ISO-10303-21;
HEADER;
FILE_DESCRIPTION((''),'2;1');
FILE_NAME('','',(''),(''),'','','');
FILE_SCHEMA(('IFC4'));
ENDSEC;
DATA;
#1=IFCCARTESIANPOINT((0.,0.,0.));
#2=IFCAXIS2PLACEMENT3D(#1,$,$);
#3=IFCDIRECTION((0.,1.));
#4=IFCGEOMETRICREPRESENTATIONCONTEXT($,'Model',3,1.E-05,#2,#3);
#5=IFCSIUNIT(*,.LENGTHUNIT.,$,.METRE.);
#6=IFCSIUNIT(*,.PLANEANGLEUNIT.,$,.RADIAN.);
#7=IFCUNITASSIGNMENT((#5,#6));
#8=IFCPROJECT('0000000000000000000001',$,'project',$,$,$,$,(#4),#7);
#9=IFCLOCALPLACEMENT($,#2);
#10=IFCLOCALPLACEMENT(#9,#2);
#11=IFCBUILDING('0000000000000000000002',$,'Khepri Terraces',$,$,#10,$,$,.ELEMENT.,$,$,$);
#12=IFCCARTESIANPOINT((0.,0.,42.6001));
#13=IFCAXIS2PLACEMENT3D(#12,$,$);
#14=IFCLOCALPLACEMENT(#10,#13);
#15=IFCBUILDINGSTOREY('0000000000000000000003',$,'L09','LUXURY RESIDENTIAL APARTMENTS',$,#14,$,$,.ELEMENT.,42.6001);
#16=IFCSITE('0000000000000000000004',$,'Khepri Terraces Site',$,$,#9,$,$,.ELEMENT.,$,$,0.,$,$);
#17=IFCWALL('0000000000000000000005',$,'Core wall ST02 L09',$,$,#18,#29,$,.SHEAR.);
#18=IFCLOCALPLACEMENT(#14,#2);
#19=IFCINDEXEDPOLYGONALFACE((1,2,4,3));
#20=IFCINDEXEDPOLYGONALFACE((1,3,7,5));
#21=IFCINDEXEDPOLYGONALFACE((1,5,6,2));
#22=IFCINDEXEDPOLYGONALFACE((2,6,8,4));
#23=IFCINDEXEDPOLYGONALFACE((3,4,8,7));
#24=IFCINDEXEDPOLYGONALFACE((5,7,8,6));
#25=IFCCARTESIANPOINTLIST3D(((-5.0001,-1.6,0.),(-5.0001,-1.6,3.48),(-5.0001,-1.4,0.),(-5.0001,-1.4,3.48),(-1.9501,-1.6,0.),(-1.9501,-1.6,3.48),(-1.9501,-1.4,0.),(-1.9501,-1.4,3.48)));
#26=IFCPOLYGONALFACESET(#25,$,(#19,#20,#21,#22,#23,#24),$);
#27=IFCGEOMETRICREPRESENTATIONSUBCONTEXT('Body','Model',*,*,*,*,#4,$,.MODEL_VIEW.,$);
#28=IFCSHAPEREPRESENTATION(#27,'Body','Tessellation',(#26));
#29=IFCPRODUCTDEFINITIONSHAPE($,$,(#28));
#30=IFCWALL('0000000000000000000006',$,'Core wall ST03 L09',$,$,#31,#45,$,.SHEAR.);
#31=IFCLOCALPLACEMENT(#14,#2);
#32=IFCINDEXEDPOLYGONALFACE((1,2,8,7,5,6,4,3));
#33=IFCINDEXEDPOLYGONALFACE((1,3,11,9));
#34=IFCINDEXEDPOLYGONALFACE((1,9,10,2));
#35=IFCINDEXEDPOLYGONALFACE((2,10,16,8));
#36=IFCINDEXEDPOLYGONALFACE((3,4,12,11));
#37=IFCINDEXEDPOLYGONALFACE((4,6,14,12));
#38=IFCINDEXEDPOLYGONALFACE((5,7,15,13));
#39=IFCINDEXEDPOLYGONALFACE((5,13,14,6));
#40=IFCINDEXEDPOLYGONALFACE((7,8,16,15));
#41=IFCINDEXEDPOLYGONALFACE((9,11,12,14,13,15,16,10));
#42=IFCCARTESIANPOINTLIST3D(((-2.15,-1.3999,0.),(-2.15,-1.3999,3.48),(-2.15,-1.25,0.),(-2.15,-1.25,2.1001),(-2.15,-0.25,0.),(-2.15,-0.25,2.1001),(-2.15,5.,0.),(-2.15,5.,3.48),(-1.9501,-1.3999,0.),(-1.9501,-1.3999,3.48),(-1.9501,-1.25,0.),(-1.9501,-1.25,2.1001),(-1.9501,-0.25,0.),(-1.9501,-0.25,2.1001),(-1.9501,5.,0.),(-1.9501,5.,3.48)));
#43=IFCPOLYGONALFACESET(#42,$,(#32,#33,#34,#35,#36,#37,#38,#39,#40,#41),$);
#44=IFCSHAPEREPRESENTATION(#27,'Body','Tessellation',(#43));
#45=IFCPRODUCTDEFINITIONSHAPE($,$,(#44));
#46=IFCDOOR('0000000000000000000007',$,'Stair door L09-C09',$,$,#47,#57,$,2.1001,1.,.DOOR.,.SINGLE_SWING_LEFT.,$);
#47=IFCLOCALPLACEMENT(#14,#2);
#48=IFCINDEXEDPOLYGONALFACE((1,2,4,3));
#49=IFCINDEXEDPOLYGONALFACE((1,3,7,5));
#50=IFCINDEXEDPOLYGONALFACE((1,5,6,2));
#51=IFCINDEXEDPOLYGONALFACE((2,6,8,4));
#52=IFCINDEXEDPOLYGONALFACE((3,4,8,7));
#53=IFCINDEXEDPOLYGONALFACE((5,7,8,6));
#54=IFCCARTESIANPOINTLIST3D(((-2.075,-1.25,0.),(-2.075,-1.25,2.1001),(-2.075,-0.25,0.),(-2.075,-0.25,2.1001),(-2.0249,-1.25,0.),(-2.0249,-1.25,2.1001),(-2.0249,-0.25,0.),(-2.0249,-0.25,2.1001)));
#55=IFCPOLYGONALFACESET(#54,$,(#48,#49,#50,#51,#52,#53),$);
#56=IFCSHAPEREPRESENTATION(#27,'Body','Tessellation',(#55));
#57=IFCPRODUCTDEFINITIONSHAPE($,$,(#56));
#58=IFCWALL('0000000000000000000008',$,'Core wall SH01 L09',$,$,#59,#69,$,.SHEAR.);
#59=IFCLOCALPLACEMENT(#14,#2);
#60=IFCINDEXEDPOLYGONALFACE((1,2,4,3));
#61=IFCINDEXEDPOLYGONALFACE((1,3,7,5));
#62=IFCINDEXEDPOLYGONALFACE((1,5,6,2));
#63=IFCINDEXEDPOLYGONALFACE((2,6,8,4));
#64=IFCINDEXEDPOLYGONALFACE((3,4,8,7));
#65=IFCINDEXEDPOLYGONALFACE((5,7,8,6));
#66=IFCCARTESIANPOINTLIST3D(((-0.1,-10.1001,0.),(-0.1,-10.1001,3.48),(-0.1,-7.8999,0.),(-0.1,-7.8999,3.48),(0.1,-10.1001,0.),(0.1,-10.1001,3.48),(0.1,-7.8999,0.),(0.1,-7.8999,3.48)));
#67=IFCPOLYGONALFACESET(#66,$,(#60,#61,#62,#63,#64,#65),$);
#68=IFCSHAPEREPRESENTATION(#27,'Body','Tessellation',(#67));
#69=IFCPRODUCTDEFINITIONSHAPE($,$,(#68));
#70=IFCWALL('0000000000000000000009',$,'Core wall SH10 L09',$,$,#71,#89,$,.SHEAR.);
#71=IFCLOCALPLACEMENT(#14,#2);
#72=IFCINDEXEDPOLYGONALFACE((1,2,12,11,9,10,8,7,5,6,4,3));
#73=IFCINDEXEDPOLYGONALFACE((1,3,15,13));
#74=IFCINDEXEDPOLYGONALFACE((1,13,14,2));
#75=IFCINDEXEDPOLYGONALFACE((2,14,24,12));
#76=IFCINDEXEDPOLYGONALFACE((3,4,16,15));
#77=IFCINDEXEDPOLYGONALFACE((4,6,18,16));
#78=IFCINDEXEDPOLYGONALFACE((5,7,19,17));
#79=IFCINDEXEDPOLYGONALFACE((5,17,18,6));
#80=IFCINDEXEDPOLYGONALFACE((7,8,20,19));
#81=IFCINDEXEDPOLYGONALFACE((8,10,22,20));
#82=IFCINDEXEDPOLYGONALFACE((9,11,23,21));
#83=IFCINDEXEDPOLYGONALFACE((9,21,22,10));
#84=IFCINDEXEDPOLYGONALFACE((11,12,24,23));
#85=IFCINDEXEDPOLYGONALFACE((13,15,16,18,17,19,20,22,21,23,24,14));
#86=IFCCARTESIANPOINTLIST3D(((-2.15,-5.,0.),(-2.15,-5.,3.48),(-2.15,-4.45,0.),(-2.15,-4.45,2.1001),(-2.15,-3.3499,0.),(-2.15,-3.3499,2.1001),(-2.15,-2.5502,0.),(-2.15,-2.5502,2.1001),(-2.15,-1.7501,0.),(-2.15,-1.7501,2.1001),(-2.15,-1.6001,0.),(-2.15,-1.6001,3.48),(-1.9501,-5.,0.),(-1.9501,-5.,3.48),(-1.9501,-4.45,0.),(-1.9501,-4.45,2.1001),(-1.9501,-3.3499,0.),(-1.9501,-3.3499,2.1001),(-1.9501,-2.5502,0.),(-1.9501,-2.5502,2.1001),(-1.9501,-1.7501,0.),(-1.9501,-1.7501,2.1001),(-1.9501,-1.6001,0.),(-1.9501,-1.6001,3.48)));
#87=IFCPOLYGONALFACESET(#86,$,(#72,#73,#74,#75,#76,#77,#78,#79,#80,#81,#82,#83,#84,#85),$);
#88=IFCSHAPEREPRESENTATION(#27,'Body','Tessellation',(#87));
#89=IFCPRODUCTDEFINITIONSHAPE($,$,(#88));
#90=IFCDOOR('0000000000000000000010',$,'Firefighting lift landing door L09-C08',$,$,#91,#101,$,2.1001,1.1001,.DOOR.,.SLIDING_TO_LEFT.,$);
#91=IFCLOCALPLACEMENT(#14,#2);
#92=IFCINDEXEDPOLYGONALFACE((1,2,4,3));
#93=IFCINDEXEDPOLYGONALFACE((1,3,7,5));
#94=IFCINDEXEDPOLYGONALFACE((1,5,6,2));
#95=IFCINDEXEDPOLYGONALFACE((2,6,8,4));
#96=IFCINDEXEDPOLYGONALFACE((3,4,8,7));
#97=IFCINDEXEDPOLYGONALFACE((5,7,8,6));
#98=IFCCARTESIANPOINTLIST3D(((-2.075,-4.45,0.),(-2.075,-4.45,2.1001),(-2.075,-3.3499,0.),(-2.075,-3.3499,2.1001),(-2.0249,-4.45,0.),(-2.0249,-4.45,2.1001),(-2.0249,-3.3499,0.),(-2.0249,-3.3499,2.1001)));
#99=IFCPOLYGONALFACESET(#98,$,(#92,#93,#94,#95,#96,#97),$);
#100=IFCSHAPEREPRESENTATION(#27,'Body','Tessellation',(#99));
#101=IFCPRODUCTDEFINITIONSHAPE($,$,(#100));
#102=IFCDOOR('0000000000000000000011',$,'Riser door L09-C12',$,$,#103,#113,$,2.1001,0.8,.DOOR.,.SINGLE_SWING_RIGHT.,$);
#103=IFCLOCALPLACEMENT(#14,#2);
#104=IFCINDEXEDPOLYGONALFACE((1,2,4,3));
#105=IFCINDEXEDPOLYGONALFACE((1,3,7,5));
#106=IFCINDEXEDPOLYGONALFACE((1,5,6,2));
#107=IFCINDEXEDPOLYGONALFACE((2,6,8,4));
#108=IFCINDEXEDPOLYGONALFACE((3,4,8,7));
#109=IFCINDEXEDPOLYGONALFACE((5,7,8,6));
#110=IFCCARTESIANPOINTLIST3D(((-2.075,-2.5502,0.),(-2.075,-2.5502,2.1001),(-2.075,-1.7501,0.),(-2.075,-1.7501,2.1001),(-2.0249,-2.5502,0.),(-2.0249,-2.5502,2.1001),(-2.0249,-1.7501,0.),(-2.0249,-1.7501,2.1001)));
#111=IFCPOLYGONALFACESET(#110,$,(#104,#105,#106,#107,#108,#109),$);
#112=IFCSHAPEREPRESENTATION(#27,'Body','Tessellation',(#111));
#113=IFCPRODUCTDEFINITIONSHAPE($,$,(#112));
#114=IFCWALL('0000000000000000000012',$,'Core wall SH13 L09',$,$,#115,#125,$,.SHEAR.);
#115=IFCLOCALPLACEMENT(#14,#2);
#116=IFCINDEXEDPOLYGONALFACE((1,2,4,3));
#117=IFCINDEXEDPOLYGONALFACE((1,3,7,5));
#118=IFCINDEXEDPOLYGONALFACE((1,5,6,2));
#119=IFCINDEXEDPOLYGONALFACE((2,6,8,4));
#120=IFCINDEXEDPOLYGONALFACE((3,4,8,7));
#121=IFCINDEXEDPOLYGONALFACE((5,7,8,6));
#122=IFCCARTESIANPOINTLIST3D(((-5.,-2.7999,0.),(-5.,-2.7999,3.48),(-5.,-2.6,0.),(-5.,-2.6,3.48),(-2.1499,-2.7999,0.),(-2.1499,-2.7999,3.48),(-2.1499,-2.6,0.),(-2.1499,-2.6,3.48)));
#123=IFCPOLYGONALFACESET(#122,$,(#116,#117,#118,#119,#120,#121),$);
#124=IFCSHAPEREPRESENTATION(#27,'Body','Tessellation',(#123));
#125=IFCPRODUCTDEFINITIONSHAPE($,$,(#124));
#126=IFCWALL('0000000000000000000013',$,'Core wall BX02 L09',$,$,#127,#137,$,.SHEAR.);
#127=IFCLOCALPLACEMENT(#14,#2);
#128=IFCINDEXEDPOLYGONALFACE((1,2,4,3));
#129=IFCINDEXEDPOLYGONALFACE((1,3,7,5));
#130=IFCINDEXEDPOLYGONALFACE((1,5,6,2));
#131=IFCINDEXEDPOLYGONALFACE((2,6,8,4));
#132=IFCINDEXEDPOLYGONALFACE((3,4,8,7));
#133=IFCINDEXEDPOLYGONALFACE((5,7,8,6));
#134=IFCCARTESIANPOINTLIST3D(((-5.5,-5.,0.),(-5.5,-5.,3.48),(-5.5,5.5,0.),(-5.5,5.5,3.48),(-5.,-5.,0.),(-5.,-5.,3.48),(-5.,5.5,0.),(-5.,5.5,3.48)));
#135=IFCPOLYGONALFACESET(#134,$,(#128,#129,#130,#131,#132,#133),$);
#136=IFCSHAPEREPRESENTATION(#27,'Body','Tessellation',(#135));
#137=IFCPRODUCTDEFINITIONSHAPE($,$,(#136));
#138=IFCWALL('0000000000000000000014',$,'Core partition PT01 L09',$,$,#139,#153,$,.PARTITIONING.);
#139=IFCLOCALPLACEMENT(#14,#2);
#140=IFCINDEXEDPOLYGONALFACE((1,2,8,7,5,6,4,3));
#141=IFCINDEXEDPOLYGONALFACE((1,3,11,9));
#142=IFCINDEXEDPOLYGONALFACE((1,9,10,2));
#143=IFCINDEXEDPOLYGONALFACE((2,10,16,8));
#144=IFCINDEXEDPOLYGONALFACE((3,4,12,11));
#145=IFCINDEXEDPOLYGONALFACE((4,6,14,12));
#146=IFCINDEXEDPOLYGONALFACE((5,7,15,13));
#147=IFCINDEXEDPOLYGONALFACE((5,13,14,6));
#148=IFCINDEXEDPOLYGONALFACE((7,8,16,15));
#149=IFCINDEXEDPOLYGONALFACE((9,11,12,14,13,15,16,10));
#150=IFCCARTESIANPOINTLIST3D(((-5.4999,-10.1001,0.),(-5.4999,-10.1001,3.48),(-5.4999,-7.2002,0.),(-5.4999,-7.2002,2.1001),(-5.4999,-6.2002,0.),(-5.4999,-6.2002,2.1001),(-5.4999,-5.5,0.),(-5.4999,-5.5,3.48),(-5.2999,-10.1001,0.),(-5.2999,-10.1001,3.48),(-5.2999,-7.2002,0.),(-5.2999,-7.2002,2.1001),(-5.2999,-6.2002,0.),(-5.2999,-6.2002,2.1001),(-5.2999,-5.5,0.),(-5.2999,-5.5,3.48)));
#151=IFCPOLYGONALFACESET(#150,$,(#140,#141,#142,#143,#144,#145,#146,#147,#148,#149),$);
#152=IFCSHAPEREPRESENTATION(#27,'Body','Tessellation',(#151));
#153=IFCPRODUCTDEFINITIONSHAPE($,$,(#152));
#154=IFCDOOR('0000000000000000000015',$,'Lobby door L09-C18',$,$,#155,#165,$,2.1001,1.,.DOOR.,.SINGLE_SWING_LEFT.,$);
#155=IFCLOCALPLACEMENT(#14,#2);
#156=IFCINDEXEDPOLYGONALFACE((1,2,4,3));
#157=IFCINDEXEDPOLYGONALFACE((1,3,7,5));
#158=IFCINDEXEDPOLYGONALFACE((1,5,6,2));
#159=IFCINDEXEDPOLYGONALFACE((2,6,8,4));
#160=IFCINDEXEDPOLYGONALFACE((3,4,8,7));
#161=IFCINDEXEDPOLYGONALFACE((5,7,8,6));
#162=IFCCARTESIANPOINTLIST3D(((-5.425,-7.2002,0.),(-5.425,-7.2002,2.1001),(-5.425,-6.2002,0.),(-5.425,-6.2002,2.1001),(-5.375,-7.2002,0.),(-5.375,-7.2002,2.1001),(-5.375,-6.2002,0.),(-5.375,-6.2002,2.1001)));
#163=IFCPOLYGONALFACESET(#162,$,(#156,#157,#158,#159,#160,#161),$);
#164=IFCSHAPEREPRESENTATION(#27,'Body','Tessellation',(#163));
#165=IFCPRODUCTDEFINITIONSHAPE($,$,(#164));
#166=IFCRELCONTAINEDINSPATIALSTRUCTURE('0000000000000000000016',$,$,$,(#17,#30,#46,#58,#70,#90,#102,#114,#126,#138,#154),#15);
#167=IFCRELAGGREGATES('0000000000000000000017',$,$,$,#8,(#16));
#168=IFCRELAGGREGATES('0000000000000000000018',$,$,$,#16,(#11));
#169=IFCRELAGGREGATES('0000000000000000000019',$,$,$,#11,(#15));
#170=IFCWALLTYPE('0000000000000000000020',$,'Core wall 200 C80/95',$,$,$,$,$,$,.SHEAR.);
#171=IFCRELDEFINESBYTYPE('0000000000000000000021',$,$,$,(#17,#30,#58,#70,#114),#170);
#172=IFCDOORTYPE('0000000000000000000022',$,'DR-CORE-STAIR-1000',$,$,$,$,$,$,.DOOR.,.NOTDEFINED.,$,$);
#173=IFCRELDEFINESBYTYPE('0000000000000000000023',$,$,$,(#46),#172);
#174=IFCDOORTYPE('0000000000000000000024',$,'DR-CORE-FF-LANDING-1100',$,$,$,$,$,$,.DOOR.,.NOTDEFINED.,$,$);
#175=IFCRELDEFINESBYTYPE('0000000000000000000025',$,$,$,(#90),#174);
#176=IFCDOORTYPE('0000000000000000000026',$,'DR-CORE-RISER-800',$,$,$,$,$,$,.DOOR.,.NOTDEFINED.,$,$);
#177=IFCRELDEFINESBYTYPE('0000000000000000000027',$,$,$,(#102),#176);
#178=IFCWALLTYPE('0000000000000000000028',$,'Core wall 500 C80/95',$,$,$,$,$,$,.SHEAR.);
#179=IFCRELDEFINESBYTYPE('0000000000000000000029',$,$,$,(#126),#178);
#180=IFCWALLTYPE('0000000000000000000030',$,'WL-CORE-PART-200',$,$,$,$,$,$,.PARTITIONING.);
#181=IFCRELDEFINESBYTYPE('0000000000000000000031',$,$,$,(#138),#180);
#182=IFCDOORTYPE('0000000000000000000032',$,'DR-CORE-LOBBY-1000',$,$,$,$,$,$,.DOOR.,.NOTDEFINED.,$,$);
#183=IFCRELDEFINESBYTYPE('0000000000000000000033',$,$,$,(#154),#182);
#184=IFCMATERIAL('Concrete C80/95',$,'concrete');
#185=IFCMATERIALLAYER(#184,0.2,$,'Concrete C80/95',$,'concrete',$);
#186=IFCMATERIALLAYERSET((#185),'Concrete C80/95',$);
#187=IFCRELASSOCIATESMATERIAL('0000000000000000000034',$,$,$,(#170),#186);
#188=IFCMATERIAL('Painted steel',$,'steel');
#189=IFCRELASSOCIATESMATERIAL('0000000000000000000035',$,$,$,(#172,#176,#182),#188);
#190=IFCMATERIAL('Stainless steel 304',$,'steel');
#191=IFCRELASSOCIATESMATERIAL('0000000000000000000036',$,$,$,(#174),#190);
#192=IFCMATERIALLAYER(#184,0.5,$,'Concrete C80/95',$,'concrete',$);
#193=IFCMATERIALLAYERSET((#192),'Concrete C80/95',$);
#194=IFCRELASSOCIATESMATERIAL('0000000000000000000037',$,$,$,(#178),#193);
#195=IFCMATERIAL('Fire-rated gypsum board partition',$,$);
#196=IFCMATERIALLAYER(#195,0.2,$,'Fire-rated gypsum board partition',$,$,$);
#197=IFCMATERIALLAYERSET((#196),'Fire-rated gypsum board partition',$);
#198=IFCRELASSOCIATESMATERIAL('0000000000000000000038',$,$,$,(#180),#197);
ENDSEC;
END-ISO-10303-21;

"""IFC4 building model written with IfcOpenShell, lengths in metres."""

from ifc_helpers import new_model, si_unit, direction, frame, frame_2d, origin, place, context, subcontext, project, spatial, rectangle, extrude, material, layer, layer_set, type_object, element, fill, save


model = new_model("IFC4")

# Units and contexts
model_context = context("Model", 3, precision=1e-05, world=origin(), true_north=direction((0.0, 1.0)))
body_context = subcontext(model_context, "Body", "Model", "MODEL_VIEW")
ifc_project = project(units=[si_unit("LENGTHUNIT", "METRE"), si_unit("PLANEANGLEUNIT", "RADIAN")], contexts=[model_context])

# Site, building, storey
site_placement = place(None, origin())
site = spatial("IfcSite", under=ifc_project, at=site_placement, Name="Khepri Terraces Site", CompositionType="ELEMENT", RefElevation=0.0)
building_placement = place(site_placement, origin())
building = spatial("IfcBuilding", under=site, at=building_placement, Name="Khepri Terraces", CompositionType="ELEMENT")
storey_placement = place(building_placement, frame((0.0, 0.0, 42.6001)))
storey = spatial("IfcBuildingStorey", under=building, at=storey_placement, Name="L09", Description="LUXURY RESIDENTIAL APARTMENTS", CompositionType="ELEMENT", Elevation=42.6001)

# Wall
ifc_material_1 = material(Name="Concrete C80/95", Category="concrete")
ifc_layer_1 = layer(ifc_material_1, 0.2, Name="Concrete C80/95", Category="concrete")
ifc_layer_set_1 = layer_set([ifc_layer_1], Name="Concrete C80/95")
wall_type_1 = type_object("IfcWallType", Name="Core wall 200 C80/95", PredefinedType="SHEAR", material=ifc_layer_set_1)
wall_1_placement = place(storey_placement, frame((-5.0, -1.5, 0.0), z_axis=(0.0, 0.0, 1.0), x_axis=(1.0, 0.0, 0.0)))
element("IfcWall", 1, at=wall_1_placement, inside=storey, type_object=wall_type_1, Name="Core wall ST02 L09", PredefinedType="SHEAR", context=body_context, shape_type="SweptSolid", body=[
    extrude(rectangle(XDim=3.05, YDim=0.2, at=frame_2d((1.5249, 0.0))), origin(), (0.0, 0.0, 1.0), 3.48),
])

# Wall, opening, door
wall_2_placement = place(storey_placement, frame((-2.05, -1.3999, 0.0), z_axis=(0.0, 0.0, 1.0), x_axis=(0.0, 1.0, 0.0)))
wall_2 = element("IfcWall", 2, at=wall_2_placement, inside=storey, type_object=wall_type_1, Name="Core wall ST03 L09", PredefinedType="SHEAR", context=body_context, shape_type="SweptSolid", body=[
    extrude(rectangle(XDim=6.3999, YDim=0.2, at=frame_2d((3.2, 0.0))), origin(), (0.0, 0.0, 1.0), 3.48),
])
opening_1_placement = place(wall_2_placement, frame((0.1499, 0.0, 0.0)))
opening_1 = element("IfcOpeningElement", 3, at=opening_1_placement, cuts=wall_2, PredefinedType="OPENING", context=body_context, shape_type="SweptSolid", body=[
    extrude(rectangle(XDim=1.0, YDim=2.1001, at=frame_2d((0.5, 1.05))), frame((0.0, 0.1099, 0.0), z_axis=(0.0, -1.0, 0.0), x_axis=(1.0, 0.0, 0.0)), (0.0, 0.0, 1.0), 0.22),
])
ifc_material_2 = material(Name="Painted steel", Category="steel")
door_type_1 = type_object("IfcDoorType", Name="DR-CORE-STAIR-1000", OperationType="NOTDEFINED", PredefinedType="DOOR", material=ifc_material_2)
door_1_placement = place(opening_1_placement, origin())
door_1 = element("IfcDoor", 4, at=door_1_placement, inside=storey, type_object=door_type_1, Name="Stair door L09-C09", OperationType="SINGLE_SWING_LEFT", OverallHeight=2.1001, OverallWidth=1.0, PredefinedType="DOOR", context=body_context, shape_type="SweptSolid", body=[
    extrude(rectangle(XDim=1.0, YDim=2.1001, at=frame_2d((0.5, 1.05))), frame((0.0, 0.0249, 0.0), z_axis=(0.0, -1.0, 0.0), x_axis=(1.0, 0.0, 0.0)), (0.0, 0.0, 1.0), 0.05),
])
fill(opening_1, door_1)

# Wall
wall_3_placement = place(storey_placement, frame((0.0, -10.1001, 0.0), z_axis=(0.0, 0.0, 1.0), x_axis=(0.0, 1.0, 0.0)))
element("IfcWall", 5, at=wall_3_placement, inside=storey, type_object=wall_type_1, Name="Core wall SH01 L09", PredefinedType="SHEAR", context=body_context, shape_type="SweptSolid", body=[
    extrude(rectangle(XDim=2.2002, YDim=0.2, at=frame_2d((1.1001, 0.0))), origin(), (0.0, 0.0, 1.0), 3.48),
])

# Wall, openings, doors
wall_4_placement = place(storey_placement, frame((-2.05, -5.0, 0.0), z_axis=(0.0, 0.0, 1.0), x_axis=(0.0, 1.0, 0.0)))
wall_4 = element("IfcWall", 6, at=wall_4_placement, inside=storey, type_object=wall_type_1, Name="Core wall SH10 L09", PredefinedType="SHEAR", context=body_context, shape_type="SweptSolid", body=[
    extrude(rectangle(XDim=3.3999, YDim=0.2, at=frame_2d((1.7, 0.0))), origin(), (0.0, 0.0, 1.0), 3.48),
])
opening_2_placement = place(wall_4_placement, frame((0.55, 0.0, 0.0)))
opening_2 = element("IfcOpeningElement", 7, at=opening_2_placement, cuts=wall_4, PredefinedType="OPENING", context=body_context, shape_type="SweptSolid", body=[
    extrude(rectangle(XDim=1.1001, YDim=2.1001, at=frame_2d((0.55, 1.05))), frame((0.0, 0.1099, 0.0), z_axis=(0.0, -1.0, 0.0), x_axis=(1.0, 0.0, 0.0)), (0.0, 0.0, 1.0), 0.22),
])
opening_3_placement = place(wall_4_placement, frame((2.45, 0.0, 0.0)))
opening_3 = element("IfcOpeningElement", 8, at=opening_3_placement, cuts=wall_4, PredefinedType="OPENING", context=body_context, shape_type="SweptSolid", body=[
    extrude(rectangle(XDim=0.8, YDim=2.1001, at=frame_2d((0.3999, 1.05))), frame((0.0, 0.1099, 0.0), z_axis=(0.0, -1.0, 0.0), x_axis=(1.0, 0.0, 0.0)), (0.0, 0.0, 1.0), 0.22),
])
ifc_material_3 = material(Name="Stainless steel 304", Category="steel")
door_type_2 = type_object("IfcDoorType", Name="DR-CORE-FF-LANDING-1100", OperationType="NOTDEFINED", PredefinedType="DOOR", material=ifc_material_3)
door_2_placement = place(opening_2_placement, origin())
door_2 = element("IfcDoor", 9, at=door_2_placement, inside=storey, type_object=door_type_2, Name="Firefighting lift landing door L09-C08", OperationType="SLIDING_TO_LEFT", OverallHeight=2.1001, OverallWidth=1.1001, PredefinedType="DOOR", context=body_context, shape_type="SweptSolid", body=[
    extrude(rectangle(XDim=1.1001, YDim=2.1001, at=frame_2d((0.55, 1.05))), frame((0.0, 0.0249, 0.0), z_axis=(0.0, -1.0, 0.0), x_axis=(1.0, 0.0, 0.0)), (0.0, 0.0, 1.0), 0.05),
])
fill(opening_2, door_2)
door_type_3 = type_object("IfcDoorType", Name="DR-CORE-RISER-800", OperationType="NOTDEFINED", PredefinedType="DOOR", material=ifc_material_2)
door_3_placement = place(opening_3_placement, origin())
door_3 = element("IfcDoor", 10, at=door_3_placement, inside=storey, type_object=door_type_3, Name="Riser door L09-C12", OperationType="SINGLE_SWING_RIGHT", OverallHeight=2.1001, OverallWidth=0.8, PredefinedType="DOOR", context=body_context, shape_type="SweptSolid", body=[
    extrude(rectangle(XDim=0.8, YDim=2.1001, at=frame_2d((0.3999, 1.05))), frame((0.0, 0.0249, 0.0), z_axis=(0.0, -1.0, 0.0), x_axis=(1.0, 0.0, 0.0)), (0.0, 0.0, 1.0), 0.05),
])
fill(opening_3, door_3)

# Walls
wall_5_placement = place(storey_placement, frame((-5.0, -2.7, 0.0), z_axis=(0.0, 0.0, 1.0), x_axis=(1.0, 0.0, 0.0)))
element("IfcWall", 11, at=wall_5_placement, inside=storey, type_object=wall_type_1, Name="Core wall SH13 L09", PredefinedType="SHEAR", context=body_context, shape_type="SweptSolid", body=[
    extrude(rectangle(XDim=2.8501, YDim=0.2, at=frame_2d((1.425, 0.0))), origin(), (0.0, 0.0, 1.0), 3.48),
])
ifc_layer_2 = layer(ifc_material_1, 0.5, Name="Concrete C80/95", Category="concrete")
ifc_layer_set_2 = layer_set([ifc_layer_2], Name="Concrete C80/95")
wall_type_2 = type_object("IfcWallType", Name="Core wall 500 C80/95", PredefinedType="SHEAR", material=ifc_layer_set_2)
wall_6_placement = place(storey_placement, frame((-5.25, -5.0, 0.0), z_axis=(0.0, 0.0, 1.0), x_axis=(0.0, 1.0, 0.0)))
element("IfcWall", 12, at=wall_6_placement, inside=storey, type_object=wall_type_2, Name="Core wall BX02 L09", PredefinedType="SHEAR", context=body_context, shape_type="SweptSolid", body=[
    extrude(rectangle(XDim=10.5, YDim=0.5, at=frame_2d((5.25, 0.0))), origin(), (0.0, 0.0, 1.0), 3.48),
])

# Wall, opening, door
ifc_material_4 = material(Name="Fire-rated gypsum board partition")
ifc_layer_3 = layer(ifc_material_4, 0.2, Name="Fire-rated gypsum board partition")
ifc_layer_set_3 = layer_set([ifc_layer_3], Name="Fire-rated gypsum board partition")
wall_type_3 = type_object("IfcWallType", Name="WL-CORE-PART-200", PredefinedType="PARTITIONING", material=ifc_layer_set_3)
wall_7_placement = place(storey_placement, frame((-5.3999, -10.1001, 0.0), z_axis=(0.0, 0.0, 1.0), x_axis=(0.0, 1.0, 0.0)))
wall_7 = element("IfcWall", 13, at=wall_7_placement, inside=storey, type_object=wall_type_3, Name="Core partition PT01 L09", PredefinedType="PARTITIONING", context=body_context, shape_type="SweptSolid", body=[
    extrude(rectangle(XDim=4.6001, YDim=0.2, at=frame_2d((2.3, 0.0))), origin(), (0.0, 0.0, 1.0), 3.48),
])
opening_4_placement = place(wall_7_placement, frame((2.8999, 0.0, 0.0)))
opening_4 = element("IfcOpeningElement", 14, at=opening_4_placement, cuts=wall_7, PredefinedType="OPENING", context=body_context, shape_type="SweptSolid", body=[
    extrude(rectangle(XDim=1.0, YDim=2.1001, at=frame_2d((0.5, 1.05))), frame((0.0, 0.1099, 0.0), z_axis=(0.0, -1.0, 0.0), x_axis=(1.0, 0.0, 0.0)), (0.0, 0.0, 1.0), 0.22),
])
door_type_4 = type_object("IfcDoorType", Name="DR-CORE-LOBBY-1000", OperationType="NOTDEFINED", PredefinedType="DOOR", material=ifc_material_2)
door_4_placement = place(opening_4_placement, frame((1.0, 0.0, 0.0), z_axis=(0.0, 0.0, 1.0), x_axis=(-1.0, 0.0, 0.0)))
door_4 = element("IfcDoor", 15, at=door_4_placement, inside=storey, type_object=door_type_4, Name="Lobby door L09-C18", OperationType="SINGLE_SWING_LEFT", OverallHeight=2.1001, OverallWidth=1.0, PredefinedType="DOOR", context=body_context, shape_type="SweptSolid", body=[
    extrude(rectangle(XDim=1.0, YDim=2.1001, at=frame_2d((0.5, 1.05))), frame((0.0, 0.0249, 0.0), z_axis=(0.0, -1.0, 0.0), x_axis=(1.0, 0.0, 0.0)), (0.0, 0.0, 1.0), 0.05),
])
fill(opening_4, door_4)

save(model, "model.ifc")
